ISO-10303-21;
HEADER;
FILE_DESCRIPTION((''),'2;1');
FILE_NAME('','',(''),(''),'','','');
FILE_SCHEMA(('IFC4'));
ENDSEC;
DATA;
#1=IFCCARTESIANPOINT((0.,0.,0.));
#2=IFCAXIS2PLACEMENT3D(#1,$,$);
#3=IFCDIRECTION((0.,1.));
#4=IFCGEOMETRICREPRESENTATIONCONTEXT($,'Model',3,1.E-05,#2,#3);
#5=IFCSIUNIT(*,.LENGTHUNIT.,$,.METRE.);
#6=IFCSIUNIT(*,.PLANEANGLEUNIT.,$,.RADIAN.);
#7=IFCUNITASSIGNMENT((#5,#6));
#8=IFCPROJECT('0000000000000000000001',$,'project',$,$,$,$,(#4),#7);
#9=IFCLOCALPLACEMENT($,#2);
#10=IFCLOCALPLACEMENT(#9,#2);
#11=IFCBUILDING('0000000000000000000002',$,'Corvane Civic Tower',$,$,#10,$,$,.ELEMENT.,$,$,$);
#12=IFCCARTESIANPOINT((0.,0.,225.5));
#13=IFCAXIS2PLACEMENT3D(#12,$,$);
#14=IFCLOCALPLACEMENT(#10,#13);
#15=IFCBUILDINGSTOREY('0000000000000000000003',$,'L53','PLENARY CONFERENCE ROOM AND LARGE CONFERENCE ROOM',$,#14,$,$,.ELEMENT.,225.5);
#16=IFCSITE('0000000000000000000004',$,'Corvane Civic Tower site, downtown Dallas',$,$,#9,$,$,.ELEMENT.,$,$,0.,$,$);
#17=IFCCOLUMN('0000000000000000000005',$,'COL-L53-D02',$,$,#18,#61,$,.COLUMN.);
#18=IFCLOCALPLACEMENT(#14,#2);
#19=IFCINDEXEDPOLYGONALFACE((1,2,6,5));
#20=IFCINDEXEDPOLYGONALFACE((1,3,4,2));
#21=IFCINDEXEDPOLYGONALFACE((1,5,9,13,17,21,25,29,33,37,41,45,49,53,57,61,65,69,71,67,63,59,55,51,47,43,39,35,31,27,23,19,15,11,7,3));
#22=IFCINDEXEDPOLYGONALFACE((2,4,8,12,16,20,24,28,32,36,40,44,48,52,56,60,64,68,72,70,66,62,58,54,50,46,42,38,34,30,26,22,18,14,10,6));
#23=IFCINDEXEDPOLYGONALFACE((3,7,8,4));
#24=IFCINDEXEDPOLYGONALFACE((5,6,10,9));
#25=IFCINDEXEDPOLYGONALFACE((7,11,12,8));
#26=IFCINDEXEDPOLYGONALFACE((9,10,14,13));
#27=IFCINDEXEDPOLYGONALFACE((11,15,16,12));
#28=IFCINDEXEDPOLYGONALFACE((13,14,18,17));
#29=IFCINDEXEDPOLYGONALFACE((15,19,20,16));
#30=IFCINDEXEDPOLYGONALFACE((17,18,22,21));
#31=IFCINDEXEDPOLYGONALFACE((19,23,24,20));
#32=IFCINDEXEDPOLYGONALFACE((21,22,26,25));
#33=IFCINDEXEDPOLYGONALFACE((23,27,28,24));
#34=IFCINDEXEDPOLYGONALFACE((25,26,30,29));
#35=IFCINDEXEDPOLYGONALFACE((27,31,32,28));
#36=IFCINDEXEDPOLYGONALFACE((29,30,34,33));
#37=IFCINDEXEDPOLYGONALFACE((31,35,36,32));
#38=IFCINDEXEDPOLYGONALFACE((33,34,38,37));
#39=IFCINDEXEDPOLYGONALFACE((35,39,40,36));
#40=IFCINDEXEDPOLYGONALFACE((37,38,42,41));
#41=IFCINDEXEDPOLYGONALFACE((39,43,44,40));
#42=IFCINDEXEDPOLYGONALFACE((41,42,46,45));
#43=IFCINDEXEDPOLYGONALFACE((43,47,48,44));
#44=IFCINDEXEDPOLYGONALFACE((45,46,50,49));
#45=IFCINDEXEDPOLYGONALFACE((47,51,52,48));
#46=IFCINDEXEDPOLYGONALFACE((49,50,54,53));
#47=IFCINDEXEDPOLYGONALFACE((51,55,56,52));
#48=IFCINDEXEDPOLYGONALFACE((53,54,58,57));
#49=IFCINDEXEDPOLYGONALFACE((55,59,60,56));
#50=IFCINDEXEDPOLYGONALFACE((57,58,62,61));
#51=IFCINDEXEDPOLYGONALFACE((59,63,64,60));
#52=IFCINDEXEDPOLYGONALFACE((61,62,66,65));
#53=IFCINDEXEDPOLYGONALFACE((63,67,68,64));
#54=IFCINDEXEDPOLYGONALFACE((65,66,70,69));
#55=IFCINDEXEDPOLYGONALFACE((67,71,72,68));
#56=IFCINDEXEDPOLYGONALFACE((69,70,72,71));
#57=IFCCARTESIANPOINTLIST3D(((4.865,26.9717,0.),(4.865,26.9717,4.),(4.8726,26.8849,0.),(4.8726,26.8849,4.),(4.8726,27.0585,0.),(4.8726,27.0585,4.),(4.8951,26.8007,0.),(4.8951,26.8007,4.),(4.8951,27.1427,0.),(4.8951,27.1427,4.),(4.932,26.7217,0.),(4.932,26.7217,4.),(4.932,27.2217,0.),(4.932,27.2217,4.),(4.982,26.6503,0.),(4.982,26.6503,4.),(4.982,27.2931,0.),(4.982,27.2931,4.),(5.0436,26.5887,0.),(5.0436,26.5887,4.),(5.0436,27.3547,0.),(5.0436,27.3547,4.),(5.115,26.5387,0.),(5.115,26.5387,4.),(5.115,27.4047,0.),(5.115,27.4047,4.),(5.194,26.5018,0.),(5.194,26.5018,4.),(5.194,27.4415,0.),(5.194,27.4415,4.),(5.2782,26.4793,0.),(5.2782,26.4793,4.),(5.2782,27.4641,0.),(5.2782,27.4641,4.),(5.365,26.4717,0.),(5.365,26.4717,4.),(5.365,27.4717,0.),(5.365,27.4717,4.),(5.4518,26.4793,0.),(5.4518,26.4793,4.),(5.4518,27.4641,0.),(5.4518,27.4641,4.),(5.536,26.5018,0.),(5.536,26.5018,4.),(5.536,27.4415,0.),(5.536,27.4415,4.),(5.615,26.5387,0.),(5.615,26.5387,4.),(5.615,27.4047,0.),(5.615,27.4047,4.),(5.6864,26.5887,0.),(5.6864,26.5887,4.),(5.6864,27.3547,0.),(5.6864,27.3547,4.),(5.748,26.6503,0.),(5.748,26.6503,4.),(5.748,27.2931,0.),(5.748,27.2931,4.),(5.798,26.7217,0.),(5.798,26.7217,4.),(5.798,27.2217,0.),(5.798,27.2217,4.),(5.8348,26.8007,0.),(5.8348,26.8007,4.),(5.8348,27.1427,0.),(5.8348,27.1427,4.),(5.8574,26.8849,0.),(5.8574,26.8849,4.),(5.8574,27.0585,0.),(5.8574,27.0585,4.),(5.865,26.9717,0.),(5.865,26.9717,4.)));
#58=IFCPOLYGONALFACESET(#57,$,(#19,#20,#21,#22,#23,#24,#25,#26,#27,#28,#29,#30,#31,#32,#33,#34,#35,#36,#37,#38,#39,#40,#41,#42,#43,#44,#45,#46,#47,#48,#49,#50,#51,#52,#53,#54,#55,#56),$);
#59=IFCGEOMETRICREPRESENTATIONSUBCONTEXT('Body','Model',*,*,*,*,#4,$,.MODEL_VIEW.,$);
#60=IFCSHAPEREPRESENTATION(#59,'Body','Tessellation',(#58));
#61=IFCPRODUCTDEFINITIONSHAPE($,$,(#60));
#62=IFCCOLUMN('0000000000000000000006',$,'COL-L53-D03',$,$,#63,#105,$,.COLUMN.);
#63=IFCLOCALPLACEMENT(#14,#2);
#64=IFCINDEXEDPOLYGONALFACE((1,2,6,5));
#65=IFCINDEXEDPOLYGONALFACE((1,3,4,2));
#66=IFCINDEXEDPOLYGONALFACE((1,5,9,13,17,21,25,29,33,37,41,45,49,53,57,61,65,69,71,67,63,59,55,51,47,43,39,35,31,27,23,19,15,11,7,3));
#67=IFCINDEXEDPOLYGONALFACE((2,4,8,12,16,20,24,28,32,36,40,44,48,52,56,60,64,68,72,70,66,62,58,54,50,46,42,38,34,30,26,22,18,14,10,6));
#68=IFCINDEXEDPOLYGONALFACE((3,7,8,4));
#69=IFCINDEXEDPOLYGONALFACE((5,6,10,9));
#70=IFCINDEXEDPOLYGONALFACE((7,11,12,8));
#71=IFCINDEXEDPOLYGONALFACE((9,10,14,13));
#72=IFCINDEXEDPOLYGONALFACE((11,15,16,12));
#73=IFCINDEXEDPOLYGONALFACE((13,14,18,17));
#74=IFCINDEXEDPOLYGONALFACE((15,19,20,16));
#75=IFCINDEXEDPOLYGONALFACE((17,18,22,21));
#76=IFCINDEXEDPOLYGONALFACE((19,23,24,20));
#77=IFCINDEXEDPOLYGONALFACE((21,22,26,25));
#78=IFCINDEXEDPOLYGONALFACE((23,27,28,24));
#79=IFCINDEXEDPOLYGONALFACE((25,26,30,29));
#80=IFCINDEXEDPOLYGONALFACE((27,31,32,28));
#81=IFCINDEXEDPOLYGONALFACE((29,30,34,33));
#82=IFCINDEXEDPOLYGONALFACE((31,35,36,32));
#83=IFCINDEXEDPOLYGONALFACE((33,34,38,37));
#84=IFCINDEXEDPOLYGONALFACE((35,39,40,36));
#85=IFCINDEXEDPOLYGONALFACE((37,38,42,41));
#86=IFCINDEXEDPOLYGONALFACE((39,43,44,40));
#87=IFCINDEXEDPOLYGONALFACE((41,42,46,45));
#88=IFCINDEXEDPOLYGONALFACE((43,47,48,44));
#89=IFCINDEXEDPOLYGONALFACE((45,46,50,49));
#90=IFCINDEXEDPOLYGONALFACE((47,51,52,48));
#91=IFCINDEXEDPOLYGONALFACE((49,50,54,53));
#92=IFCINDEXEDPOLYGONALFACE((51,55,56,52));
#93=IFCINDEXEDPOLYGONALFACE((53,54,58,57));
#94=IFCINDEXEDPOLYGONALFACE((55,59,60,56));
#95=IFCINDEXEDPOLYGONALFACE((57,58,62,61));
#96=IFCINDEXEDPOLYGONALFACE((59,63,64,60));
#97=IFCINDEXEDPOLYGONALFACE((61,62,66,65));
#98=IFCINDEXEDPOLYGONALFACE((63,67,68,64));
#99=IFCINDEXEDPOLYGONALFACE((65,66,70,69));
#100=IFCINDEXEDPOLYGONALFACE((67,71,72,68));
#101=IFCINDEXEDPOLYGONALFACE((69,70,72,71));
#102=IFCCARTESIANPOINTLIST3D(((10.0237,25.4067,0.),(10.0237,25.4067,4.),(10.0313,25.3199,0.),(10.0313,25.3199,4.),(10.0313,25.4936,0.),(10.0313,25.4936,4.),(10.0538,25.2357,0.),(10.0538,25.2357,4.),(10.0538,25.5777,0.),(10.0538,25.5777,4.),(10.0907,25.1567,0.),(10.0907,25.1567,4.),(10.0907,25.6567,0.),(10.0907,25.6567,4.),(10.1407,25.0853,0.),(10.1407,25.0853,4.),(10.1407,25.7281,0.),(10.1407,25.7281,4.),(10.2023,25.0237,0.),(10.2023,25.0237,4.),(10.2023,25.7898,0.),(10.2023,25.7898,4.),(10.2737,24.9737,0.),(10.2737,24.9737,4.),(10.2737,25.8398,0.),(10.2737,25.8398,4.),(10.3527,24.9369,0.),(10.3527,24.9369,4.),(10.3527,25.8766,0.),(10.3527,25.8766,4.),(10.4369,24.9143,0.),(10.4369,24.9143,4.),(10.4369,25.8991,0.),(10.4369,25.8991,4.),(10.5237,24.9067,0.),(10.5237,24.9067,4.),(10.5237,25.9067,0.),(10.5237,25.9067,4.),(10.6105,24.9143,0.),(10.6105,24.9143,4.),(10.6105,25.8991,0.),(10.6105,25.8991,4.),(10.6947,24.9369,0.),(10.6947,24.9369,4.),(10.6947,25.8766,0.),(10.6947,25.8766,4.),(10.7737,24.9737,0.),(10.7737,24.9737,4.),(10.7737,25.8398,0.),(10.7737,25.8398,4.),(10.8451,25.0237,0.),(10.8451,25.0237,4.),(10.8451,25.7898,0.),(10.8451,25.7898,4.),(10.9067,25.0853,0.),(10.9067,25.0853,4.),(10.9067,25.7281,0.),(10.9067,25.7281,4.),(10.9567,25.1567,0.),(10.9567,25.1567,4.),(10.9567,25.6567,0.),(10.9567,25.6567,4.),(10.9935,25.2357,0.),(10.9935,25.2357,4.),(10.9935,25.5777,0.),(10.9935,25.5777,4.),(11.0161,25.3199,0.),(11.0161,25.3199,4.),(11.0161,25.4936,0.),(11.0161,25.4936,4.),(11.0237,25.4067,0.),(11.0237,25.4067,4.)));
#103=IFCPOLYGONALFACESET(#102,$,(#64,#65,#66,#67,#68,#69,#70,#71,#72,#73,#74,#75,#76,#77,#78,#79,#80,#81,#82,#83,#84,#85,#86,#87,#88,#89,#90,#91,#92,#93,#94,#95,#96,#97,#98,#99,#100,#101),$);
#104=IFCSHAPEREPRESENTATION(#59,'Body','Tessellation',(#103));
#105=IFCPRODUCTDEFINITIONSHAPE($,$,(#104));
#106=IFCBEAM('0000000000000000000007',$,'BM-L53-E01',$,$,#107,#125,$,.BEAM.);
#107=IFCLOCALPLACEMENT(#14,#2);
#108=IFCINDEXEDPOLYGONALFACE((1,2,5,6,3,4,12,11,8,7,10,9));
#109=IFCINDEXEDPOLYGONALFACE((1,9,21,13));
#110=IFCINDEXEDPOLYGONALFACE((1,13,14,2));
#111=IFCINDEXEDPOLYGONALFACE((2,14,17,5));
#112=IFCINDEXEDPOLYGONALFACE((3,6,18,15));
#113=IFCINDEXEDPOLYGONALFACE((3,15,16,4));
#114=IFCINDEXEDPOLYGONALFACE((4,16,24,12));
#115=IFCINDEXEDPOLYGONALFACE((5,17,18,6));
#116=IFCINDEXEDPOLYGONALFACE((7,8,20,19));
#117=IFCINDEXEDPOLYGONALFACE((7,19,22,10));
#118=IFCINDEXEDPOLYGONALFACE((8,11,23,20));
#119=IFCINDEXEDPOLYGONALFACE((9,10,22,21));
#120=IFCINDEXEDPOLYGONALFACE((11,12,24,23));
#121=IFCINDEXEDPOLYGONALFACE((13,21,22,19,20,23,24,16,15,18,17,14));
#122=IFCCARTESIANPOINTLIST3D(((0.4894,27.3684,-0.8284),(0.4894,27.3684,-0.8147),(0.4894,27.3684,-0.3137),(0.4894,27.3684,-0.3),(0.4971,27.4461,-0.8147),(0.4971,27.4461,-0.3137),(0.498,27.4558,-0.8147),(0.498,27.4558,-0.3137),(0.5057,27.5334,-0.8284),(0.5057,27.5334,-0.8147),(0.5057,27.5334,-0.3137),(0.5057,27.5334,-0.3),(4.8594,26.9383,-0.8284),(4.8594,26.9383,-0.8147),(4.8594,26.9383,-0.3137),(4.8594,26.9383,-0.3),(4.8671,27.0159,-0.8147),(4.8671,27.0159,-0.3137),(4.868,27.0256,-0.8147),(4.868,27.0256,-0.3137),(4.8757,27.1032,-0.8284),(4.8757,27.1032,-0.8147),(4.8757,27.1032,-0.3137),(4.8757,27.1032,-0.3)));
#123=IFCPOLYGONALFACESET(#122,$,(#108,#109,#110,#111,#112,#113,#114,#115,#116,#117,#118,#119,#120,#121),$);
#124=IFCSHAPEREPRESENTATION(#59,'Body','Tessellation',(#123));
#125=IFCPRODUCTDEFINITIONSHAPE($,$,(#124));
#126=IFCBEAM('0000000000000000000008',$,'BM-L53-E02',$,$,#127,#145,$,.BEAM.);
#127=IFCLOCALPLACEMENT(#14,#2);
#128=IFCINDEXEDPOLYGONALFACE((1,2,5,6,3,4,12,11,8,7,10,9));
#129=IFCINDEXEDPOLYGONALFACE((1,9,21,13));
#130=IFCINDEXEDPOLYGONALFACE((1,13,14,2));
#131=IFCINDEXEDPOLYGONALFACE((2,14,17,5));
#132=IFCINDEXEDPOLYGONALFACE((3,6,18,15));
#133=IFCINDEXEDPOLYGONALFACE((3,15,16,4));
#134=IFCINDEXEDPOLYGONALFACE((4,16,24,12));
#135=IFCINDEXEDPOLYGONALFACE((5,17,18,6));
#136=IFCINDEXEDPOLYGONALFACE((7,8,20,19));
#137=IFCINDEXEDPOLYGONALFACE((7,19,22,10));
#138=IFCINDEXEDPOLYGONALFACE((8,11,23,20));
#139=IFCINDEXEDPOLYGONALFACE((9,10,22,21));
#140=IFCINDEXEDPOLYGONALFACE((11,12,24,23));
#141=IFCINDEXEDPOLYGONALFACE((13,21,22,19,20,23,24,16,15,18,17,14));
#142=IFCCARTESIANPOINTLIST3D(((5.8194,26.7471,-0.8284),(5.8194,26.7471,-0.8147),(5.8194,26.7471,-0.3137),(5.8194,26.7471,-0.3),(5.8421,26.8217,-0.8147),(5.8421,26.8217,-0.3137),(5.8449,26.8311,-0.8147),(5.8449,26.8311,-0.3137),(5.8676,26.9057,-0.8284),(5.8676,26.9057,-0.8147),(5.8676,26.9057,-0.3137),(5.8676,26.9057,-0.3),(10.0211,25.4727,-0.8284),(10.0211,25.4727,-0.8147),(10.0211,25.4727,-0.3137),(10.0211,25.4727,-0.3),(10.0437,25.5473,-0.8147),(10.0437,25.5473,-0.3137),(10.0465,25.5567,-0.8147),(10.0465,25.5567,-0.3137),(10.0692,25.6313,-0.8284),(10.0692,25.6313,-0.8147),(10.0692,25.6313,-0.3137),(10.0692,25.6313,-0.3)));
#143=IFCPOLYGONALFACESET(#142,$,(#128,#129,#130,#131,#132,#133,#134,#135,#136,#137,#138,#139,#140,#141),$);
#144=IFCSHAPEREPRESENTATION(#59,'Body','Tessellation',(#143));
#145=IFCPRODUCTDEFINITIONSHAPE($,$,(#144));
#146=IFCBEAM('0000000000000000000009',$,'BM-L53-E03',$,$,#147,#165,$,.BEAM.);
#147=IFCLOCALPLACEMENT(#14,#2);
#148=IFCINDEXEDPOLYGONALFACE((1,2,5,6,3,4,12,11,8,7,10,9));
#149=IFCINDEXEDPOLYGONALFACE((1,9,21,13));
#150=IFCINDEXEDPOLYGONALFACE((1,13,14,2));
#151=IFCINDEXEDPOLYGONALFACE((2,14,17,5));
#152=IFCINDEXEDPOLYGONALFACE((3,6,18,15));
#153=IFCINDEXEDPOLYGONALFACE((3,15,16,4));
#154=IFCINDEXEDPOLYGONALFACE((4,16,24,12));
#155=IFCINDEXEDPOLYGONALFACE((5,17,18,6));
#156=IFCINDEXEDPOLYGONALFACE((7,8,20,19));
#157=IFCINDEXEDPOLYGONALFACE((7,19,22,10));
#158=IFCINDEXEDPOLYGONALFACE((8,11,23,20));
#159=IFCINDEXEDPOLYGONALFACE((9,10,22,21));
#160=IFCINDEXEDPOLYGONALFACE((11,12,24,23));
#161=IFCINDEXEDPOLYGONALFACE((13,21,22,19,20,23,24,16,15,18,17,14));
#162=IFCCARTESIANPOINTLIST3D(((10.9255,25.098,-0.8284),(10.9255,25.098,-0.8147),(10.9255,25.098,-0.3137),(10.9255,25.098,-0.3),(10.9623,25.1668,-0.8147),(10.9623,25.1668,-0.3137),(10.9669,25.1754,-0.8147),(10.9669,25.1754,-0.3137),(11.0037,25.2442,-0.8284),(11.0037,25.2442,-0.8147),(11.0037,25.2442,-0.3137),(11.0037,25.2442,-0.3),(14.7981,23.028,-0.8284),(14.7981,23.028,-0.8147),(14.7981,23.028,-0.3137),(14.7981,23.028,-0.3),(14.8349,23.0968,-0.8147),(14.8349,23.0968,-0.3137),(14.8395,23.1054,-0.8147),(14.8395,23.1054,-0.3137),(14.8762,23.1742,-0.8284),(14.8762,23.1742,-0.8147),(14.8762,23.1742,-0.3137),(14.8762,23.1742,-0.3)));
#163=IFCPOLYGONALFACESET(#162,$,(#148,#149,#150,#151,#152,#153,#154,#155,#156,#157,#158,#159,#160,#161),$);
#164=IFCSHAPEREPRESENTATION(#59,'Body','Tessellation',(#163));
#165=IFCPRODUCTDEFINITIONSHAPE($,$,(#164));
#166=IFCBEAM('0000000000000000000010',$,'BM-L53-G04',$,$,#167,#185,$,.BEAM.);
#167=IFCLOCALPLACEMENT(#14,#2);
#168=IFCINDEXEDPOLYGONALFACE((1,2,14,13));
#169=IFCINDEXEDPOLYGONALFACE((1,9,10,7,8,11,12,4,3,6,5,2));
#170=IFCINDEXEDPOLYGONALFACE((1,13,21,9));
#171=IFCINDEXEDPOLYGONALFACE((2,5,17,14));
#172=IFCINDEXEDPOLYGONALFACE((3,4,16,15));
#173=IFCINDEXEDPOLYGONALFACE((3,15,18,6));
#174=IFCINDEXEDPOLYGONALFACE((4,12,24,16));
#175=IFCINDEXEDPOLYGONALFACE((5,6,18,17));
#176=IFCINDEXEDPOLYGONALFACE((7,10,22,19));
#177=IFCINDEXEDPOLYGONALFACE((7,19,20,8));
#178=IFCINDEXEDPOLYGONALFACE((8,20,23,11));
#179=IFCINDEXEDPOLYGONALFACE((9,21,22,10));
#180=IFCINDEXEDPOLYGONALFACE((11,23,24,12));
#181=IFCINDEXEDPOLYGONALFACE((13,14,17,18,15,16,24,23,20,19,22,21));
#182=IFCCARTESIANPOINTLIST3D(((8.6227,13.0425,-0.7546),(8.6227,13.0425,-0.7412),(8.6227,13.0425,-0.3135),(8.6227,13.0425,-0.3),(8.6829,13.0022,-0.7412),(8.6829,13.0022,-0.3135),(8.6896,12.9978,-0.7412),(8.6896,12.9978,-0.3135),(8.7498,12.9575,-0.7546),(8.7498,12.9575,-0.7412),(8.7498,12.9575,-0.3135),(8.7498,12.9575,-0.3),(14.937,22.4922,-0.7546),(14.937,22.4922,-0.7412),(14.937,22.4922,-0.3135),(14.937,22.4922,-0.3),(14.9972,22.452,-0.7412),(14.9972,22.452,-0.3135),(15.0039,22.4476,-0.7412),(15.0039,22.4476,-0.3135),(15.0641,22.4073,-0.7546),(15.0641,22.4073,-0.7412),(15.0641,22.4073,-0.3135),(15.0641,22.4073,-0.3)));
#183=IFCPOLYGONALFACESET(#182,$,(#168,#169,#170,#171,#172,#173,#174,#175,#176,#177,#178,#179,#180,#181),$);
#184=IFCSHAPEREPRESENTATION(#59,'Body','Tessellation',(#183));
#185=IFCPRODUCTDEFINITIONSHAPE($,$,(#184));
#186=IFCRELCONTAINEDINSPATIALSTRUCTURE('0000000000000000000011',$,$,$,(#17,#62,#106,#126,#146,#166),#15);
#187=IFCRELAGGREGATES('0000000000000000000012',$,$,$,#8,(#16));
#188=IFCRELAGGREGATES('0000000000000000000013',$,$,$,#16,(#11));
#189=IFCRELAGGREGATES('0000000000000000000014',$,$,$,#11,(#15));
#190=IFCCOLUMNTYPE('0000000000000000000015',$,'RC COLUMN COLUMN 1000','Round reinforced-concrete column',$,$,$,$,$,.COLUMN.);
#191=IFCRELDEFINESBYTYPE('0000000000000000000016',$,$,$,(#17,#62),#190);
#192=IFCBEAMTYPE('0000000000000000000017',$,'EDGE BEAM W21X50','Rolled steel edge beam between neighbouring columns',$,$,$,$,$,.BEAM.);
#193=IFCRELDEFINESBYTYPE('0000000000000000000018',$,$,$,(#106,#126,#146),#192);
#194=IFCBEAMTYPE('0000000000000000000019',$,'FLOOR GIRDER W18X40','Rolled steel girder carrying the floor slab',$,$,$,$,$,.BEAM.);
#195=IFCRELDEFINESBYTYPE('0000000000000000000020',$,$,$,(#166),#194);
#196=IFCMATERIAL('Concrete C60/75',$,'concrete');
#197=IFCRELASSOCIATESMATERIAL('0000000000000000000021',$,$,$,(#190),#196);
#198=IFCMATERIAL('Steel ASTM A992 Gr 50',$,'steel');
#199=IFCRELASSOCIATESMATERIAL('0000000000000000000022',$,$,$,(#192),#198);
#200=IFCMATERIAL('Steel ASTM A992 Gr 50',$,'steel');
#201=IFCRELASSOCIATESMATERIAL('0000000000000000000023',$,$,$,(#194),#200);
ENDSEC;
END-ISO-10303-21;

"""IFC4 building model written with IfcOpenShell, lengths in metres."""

from ifc_helpers import new_model, si_unit, direction, frame, origin, origin_2d, place, context, subcontext, project, spatial, circle, i_section, extrude, material, material_profile, profile_set, type_object, element, save


model = new_model("IFC4")

# Units and contexts
model_context = context("Model", 3, precision=1e-05, world=origin(), true_north=direction((0.0, 1.0)))
body_context = subcontext(model_context, "Body", "Model", "MODEL_VIEW")
ifc_project = project(units=[si_unit("LENGTHUNIT", "METRE"), si_unit("PLANEANGLEUNIT", "RADIAN")], contexts=[model_context])

# Site, building, storey
site_placement = place(None, origin())
site = spatial("IfcSite", under=ifc_project, at=site_placement, Name="Corvane Civic Tower site, downtown Dallas", CompositionType="ELEMENT", RefElevation=0.0)
building_placement = place(site_placement, origin())
building = spatial("IfcBuilding", under=site, at=building_placement, Name="Corvane Civic Tower", CompositionType="ELEMENT")
storey_placement = place(building_placement, frame((0.0, 0.0, 225.5)))
storey = spatial("IfcBuildingStorey", under=building, at=storey_placement, Name="L53", Description="PLENARY CONFERENCE ROOM AND LARGE CONFERENCE ROOM", CompositionType="ELEMENT", Elevation=225.5)

# Columns
ifc_material_1 = material(Name="Concrete C60/75", Category="concrete")
ifc_material_profile_1 = material_profile(ifc_material_1, circle(Radius=0.5, at=origin_2d()), Name="COLUMN 1000")
ifc_profile_set_1 = profile_set([ifc_material_profile_1], Name="Concrete C60/75")
column_type = type_object("IfcColumnType", Name="RC COLUMN COLUMN 1000", Description="Round reinforced-concrete column", PredefinedType="COLUMN", material=ifc_profile_set_1)
for number, where, z_axis, x_axis, name in (
    (1, (5.365, 26.9717, 0.0), (0.0, 0.0, 1.0), (1.0, 0.0, 0.0), "COL-L53-D02"),
    (2, (10.5237, 25.4067, 0.0), (0.0, 0.0, 1.0), (1.0, 0.0, 0.0), "COL-L53-D03"),
):
    element("IfcColumn", number, at=place(storey_placement, frame(where, z_axis=z_axis, x_axis=x_axis)), inside=storey, type_object=column_type, Name=name, PredefinedType="COLUMN", context=body_context, shape_type="SweptSolid", body=[
        extrude(circle(Radius=0.5, at=origin_2d()), origin(), (0.0, 0.0, 1.0), 4.0),
    ])

# Beams
ifc_material_2 = material(Name="Steel ASTM A992 Gr 50", Category="steel")
ifc_material_profile_2 = material_profile(ifc_material_2, i_section(OverallWidth=0.1658, OverallDepth=0.5283, WebThickness=0.0098, FlangeThickness=0.0137, at=origin_2d()), Name="W21X50")
ifc_profile_set_2 = profile_set([ifc_material_profile_2], Name="Steel ASTM A992 Gr 50")
beam_type_1 = type_object("IfcBeamType", Name="EDGE BEAM W21X50", Description="Rolled steel edge beam between neighbouring columns", PredefinedType="BEAM", material=ifc_profile_set_2)
beam_1_placement = place(storey_placement, frame((0.4976, 27.4509, -0.5642), z_axis=(0.99519, -0.097968, 0.0), x_axis=(0.097968, 0.99519, 0.0)))
element("IfcBeam", 3, at=beam_1_placement, inside=storey, type_object=beam_type_1, Name="BM-L53-E01", PredefinedType="BEAM", context=body_context, shape_type="SweptSolid", body=[
    extrude(i_section(OverallWidth=0.1658, OverallDepth=0.5283, WebThickness=0.0098, FlangeThickness=0.0137, at=origin_2d()), origin(), (0.0, 0.0, 1.0), 4.3911),
])
beam_2_placement = place(storey_placement, frame((5.8435, 26.8264, -0.5642), z_axis=(0.95695, -0.290254, 0.0), x_axis=(0.290254, 0.95695, 0.0)))
element("IfcBeam", 4, at=beam_2_placement, inside=storey, type_object=beam_type_1, Name="BM-L53-E02", PredefinedType="BEAM", context=body_context, shape_type="SweptSolid", body=[
    extrude(i_section(OverallWidth=0.1658, OverallDepth=0.5283, WebThickness=0.0098, FlangeThickness=0.0137, at=origin_2d()), origin(), (0.0, 0.0, 1.0), 4.3906),
])
beam_3_placement = place(storey_placement, frame((10.9646, 25.1711, -0.5642), z_axis=(0.881908, -0.471422, 0.0), x_axis=(0.471422, 0.881908, 0.0)))
element("IfcBeam", 5, at=beam_3_placement, inside=storey, type_object=beam_type_1, Name="BM-L53-E03", PredefinedType="BEAM", context=body_context, shape_type="SweptSolid", body=[
    extrude(i_section(OverallWidth=0.1658, OverallDepth=0.5283, WebThickness=0.0098, FlangeThickness=0.0137, at=origin_2d()), origin(), (0.0, 0.0, 1.0), 4.3911),
])
ifc_material_3 = material(Name="Steel ASTM A992 Gr 50", Category="steel")
ifc_material_profile_3 = material_profile(ifc_material_3, i_section(OverallWidth=0.1528, OverallDepth=0.4546, WebThickness=0.0081, FlangeThickness=0.0134, at=origin_2d()), Name="W18X40")
ifc_profile_set_3 = profile_set([ifc_material_profile_3], Name="Steel ASTM A992 Gr 50")
beam_type_2 = type_object("IfcBeamType", Name="FLOOR GIRDER W18X40", Description="Rolled steel girder carrying the floor slab", PredefinedType="BEAM", material=ifc_profile_set_3)
beam_4_placement = place(storey_placement, frame((8.6863, 13.0, -0.5273), z_axis=(0.555577, 0.831465, 0.0), x_axis=(-0.831465, 0.555577, 0.0)))
element("IfcBeam", 6, at=beam_4_placement, inside=storey, type_object=beam_type_2, Name="BM-L53-G04", PredefinedType="BEAM", context=body_context, shape_type="SweptSolid", body=[
    extrude(i_section(OverallWidth=0.1528, OverallDepth=0.4546, WebThickness=0.0081, FlangeThickness=0.0134, at=origin_2d()), origin(), (0.0, 0.0, 1.0), 11.3652),
])

save(model, "model.ifc")
